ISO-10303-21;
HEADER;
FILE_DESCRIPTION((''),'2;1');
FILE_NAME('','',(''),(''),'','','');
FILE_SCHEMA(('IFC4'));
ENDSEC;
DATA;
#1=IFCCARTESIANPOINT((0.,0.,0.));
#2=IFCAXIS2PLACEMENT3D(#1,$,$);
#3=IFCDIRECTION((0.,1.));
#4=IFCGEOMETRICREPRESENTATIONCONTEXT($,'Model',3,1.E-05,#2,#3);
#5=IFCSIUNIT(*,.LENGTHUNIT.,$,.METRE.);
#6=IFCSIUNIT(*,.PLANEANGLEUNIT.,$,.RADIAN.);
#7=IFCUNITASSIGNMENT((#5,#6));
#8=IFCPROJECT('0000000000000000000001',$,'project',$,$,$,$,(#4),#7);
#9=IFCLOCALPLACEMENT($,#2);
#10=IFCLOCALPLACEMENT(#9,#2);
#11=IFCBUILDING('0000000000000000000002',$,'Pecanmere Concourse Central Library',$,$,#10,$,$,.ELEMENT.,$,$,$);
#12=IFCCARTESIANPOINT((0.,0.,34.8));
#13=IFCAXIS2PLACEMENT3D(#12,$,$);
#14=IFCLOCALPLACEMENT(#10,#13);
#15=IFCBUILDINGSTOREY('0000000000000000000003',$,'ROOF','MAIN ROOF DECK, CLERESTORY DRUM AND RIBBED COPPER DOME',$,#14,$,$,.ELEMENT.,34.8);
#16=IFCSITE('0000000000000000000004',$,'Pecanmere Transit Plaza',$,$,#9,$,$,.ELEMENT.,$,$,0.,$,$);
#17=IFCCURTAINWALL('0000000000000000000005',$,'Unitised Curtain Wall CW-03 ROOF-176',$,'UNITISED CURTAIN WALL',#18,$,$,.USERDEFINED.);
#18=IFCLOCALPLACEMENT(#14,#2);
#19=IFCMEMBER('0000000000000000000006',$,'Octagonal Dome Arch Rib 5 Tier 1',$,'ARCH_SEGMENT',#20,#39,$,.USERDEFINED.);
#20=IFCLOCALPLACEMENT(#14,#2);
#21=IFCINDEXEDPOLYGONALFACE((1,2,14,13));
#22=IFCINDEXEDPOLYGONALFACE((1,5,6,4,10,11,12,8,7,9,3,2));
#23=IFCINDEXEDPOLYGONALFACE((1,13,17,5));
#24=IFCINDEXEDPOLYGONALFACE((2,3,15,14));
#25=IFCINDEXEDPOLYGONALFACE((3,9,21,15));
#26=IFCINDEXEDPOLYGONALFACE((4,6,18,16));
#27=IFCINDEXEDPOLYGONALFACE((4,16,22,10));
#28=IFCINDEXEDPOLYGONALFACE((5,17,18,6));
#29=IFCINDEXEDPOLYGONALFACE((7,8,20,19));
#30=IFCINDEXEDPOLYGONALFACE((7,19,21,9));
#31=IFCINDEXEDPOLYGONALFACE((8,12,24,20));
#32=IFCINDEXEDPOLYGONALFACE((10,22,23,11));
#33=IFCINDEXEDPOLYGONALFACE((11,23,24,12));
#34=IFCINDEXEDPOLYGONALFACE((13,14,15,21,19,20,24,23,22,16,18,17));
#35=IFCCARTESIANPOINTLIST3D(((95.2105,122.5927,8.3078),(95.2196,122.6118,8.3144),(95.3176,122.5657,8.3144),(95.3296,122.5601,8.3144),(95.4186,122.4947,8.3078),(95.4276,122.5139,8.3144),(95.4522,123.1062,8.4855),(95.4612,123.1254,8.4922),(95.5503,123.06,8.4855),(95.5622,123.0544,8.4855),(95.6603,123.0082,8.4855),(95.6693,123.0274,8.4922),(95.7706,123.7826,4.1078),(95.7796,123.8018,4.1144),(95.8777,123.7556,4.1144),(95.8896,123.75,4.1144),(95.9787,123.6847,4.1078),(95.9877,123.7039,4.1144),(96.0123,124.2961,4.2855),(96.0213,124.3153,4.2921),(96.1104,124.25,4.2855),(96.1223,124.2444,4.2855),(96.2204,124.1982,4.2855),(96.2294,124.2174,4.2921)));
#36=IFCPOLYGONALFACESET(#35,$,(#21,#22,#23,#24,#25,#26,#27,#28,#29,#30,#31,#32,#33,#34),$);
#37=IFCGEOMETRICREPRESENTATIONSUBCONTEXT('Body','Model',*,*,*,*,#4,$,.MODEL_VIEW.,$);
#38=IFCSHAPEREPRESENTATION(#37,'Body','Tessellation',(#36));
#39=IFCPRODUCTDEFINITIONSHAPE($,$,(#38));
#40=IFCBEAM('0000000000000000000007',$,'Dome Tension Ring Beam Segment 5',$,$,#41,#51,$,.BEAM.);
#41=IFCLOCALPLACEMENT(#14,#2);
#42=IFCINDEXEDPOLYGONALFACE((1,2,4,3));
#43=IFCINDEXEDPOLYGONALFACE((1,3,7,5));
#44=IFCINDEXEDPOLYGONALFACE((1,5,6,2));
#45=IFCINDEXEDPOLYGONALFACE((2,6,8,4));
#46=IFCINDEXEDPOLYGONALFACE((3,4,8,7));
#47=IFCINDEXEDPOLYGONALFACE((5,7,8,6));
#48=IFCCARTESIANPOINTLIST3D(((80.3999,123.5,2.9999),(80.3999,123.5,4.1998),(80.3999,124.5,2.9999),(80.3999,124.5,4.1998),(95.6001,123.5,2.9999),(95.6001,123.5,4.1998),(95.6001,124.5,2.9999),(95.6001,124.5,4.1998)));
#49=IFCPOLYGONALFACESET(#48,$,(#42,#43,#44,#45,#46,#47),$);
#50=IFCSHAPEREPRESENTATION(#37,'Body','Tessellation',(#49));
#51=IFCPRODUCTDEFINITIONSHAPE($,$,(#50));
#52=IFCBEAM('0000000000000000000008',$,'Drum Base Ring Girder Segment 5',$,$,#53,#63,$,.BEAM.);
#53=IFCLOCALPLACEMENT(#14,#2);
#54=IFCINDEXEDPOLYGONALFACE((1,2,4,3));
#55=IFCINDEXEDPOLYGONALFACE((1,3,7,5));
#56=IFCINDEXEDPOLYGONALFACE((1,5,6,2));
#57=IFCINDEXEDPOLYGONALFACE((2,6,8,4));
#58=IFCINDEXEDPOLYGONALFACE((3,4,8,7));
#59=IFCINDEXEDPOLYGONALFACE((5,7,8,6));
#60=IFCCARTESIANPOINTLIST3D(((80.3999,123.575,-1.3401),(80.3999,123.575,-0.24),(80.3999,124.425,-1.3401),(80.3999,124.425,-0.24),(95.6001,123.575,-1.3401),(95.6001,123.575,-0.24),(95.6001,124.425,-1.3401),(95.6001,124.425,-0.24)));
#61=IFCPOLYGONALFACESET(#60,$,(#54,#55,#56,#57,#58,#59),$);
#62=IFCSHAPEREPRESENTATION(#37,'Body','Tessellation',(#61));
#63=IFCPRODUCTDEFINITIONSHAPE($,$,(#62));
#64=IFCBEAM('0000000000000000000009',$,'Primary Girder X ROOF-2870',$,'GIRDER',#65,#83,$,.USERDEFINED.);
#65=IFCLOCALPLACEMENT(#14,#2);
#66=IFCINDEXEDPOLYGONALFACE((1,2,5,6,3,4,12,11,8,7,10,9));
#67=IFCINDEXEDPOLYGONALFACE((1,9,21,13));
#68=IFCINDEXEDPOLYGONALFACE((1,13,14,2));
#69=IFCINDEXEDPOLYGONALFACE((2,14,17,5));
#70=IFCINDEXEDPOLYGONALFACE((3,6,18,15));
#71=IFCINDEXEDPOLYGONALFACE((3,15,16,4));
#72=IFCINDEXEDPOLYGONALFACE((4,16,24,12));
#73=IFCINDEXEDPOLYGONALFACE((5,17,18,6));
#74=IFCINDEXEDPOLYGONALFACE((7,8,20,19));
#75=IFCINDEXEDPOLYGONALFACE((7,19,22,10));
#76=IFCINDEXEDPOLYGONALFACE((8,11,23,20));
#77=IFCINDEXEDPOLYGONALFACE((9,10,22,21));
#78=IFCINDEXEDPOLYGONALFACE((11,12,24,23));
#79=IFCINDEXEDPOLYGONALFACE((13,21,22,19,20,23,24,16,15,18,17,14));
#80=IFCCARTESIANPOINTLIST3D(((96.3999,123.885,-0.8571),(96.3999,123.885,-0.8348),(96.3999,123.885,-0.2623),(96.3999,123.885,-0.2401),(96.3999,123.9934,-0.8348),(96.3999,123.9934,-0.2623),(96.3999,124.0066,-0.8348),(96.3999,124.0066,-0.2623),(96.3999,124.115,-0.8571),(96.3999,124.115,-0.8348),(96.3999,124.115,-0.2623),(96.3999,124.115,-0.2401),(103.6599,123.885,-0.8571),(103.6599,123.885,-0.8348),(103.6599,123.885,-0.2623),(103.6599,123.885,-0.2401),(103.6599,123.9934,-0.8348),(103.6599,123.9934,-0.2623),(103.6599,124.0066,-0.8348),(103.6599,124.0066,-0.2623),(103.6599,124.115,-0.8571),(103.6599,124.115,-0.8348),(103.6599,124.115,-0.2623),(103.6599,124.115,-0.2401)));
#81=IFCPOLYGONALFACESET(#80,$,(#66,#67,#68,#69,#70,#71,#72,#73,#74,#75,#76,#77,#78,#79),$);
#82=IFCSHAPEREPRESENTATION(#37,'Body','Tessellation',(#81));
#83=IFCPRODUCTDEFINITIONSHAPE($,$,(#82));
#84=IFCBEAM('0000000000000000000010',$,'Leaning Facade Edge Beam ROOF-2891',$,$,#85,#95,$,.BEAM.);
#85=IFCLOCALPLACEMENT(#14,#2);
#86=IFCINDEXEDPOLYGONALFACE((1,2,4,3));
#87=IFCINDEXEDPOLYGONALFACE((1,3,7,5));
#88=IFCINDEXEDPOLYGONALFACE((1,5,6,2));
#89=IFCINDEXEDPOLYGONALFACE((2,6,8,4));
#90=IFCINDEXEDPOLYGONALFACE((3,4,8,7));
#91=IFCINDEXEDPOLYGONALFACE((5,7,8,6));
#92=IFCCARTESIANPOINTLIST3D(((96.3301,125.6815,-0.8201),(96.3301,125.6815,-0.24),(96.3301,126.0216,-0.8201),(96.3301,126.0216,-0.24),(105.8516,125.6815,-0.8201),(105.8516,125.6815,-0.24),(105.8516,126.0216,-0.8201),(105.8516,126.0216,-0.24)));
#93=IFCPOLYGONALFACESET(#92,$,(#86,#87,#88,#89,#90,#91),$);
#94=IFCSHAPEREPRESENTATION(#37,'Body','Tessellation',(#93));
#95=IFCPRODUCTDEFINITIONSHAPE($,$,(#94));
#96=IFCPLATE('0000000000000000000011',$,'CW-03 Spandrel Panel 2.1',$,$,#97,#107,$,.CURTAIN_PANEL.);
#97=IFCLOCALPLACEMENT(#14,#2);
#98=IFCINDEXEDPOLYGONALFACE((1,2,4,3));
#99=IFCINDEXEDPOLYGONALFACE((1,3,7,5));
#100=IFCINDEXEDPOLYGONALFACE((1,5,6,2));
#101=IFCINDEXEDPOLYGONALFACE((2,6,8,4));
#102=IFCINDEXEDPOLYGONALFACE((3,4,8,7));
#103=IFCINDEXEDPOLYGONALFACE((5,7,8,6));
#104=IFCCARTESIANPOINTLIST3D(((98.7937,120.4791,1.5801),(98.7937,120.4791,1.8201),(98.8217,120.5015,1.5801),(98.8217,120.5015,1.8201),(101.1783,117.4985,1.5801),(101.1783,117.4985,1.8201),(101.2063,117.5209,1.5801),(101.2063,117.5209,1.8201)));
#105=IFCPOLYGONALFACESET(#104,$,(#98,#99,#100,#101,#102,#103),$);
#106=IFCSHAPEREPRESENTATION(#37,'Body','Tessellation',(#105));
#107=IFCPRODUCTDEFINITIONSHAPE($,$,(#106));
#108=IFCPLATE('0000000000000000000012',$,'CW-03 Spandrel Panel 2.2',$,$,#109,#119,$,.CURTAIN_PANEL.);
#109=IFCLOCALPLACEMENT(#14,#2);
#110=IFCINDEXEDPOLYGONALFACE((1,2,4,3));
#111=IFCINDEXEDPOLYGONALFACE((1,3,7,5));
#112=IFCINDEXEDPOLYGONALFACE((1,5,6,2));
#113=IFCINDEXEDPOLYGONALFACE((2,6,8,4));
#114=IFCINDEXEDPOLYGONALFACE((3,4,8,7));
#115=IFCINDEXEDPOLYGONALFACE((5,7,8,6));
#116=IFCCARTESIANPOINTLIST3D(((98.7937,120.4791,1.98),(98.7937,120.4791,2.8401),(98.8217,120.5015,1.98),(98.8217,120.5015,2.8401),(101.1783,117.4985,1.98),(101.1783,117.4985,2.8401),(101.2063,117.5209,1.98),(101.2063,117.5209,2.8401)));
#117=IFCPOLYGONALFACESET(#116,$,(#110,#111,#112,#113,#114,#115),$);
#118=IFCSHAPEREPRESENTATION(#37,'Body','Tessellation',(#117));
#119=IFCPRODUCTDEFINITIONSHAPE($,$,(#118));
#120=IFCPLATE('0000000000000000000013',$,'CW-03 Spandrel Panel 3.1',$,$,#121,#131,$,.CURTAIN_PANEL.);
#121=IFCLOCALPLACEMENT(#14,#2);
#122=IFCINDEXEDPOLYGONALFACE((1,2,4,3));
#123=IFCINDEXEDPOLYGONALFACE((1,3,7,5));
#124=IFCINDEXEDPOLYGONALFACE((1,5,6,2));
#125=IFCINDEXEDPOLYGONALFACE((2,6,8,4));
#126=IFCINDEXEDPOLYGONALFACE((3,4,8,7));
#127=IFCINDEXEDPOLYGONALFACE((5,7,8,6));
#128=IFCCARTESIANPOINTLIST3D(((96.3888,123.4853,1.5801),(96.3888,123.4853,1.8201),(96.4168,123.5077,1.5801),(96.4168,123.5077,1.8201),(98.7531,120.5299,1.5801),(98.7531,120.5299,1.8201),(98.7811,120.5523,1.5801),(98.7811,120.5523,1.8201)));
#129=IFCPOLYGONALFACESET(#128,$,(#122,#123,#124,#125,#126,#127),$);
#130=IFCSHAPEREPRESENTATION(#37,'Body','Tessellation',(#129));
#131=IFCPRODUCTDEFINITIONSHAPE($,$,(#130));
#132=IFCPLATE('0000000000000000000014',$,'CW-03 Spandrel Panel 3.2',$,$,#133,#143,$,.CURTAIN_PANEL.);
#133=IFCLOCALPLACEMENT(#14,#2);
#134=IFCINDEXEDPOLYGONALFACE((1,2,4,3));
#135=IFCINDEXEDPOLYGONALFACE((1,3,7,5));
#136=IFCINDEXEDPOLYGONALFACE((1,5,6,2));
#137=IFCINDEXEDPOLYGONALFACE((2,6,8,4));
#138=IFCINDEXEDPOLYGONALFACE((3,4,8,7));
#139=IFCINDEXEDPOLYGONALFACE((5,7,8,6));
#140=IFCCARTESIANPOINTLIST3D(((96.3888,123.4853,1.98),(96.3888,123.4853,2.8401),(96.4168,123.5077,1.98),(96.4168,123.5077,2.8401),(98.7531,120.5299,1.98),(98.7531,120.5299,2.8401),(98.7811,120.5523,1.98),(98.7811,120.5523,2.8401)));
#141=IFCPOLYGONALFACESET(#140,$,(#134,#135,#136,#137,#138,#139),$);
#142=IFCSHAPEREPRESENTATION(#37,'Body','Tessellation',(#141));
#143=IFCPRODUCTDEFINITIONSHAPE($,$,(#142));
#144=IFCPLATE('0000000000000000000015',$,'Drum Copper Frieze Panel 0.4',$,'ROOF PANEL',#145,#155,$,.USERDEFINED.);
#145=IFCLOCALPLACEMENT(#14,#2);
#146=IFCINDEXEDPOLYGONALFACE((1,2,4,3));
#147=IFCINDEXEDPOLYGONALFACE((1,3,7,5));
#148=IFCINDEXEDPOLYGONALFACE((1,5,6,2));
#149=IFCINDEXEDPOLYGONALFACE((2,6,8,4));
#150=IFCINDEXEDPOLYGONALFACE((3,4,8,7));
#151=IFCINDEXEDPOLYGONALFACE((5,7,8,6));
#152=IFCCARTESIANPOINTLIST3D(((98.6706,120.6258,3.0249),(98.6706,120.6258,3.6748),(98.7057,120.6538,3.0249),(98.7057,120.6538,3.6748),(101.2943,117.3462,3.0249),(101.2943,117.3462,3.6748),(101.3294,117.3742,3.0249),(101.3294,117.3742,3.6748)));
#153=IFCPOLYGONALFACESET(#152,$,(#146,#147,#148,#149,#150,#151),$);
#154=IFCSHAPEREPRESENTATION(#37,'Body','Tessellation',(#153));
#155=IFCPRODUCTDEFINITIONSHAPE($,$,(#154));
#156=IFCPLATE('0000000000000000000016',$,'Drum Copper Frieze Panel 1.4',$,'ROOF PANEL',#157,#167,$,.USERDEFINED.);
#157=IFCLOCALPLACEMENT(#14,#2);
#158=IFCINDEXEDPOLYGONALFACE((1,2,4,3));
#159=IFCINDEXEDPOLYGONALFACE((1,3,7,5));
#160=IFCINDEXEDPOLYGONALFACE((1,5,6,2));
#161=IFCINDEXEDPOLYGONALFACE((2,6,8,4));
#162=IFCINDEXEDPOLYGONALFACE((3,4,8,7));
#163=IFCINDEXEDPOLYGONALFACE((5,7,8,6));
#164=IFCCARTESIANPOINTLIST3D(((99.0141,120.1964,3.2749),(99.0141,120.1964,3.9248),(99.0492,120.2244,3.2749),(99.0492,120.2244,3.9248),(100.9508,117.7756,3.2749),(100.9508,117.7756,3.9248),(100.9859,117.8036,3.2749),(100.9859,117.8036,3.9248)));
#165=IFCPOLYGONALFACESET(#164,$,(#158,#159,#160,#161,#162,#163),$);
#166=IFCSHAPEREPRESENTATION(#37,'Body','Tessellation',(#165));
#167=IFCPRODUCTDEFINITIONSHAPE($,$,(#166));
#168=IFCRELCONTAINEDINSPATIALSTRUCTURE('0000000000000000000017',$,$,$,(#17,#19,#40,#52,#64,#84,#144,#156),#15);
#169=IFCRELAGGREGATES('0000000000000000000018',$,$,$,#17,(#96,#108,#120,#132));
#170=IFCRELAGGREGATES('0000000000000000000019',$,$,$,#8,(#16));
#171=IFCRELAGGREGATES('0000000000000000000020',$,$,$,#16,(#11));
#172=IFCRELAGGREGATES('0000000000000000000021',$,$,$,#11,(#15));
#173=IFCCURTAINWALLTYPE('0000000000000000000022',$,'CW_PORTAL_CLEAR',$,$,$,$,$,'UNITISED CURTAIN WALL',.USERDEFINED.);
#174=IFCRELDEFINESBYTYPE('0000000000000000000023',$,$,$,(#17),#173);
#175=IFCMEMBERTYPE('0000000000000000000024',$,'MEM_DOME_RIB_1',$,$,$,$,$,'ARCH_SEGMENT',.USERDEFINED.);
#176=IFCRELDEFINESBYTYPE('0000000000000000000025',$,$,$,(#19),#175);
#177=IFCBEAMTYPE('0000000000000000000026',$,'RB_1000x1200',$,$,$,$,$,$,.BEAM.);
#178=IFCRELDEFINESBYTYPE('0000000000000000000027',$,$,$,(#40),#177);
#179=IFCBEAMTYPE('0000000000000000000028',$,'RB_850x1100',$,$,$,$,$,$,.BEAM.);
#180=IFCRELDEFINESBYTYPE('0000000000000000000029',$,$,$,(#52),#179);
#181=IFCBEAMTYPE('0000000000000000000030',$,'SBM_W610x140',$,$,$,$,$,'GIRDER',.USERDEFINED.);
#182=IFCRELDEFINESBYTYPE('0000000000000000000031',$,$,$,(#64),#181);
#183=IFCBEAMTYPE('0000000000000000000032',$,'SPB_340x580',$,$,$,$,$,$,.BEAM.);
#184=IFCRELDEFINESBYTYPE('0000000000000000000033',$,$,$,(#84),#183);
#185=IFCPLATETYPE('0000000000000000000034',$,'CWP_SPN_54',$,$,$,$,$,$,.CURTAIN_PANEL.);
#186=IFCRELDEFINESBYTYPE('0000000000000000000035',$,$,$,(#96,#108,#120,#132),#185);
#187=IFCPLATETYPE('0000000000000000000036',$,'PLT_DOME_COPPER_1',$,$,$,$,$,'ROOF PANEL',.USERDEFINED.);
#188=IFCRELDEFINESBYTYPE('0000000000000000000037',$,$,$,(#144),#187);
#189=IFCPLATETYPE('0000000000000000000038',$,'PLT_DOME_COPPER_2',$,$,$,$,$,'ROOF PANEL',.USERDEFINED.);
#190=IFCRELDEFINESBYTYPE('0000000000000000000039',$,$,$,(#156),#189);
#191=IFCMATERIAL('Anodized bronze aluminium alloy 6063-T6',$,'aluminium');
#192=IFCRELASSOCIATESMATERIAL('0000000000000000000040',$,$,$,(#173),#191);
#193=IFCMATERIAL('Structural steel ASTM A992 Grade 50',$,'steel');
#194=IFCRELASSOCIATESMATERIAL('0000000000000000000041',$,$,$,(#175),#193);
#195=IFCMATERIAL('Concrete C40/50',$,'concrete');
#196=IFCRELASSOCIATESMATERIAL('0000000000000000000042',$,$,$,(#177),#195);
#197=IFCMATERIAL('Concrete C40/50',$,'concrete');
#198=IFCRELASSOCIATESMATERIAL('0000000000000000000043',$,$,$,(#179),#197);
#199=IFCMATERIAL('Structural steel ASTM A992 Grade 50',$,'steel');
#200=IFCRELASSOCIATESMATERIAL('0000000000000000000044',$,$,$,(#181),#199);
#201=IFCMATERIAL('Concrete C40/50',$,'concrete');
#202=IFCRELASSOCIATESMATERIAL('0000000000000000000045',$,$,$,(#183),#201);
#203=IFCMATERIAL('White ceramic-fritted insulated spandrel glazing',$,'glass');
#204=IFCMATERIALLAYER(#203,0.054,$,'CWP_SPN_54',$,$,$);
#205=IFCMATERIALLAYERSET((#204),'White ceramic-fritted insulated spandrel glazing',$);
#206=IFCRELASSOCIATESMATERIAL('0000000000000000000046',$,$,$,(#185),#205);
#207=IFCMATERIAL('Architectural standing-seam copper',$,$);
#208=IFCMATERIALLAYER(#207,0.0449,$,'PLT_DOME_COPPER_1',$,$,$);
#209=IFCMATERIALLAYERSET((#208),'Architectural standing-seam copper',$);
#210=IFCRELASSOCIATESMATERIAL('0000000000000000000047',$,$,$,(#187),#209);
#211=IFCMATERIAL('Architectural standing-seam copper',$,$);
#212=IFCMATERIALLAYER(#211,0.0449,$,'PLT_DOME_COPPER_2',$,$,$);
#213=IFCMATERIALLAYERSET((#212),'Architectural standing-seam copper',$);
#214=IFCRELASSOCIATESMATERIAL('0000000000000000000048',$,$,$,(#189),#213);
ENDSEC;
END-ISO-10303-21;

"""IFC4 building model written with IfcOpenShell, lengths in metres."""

from ifc_helpers import new_model, si_unit, direction, frame, origin, origin_2d, place, context, subcontext, project, spatial, rectangle, i_section, extrude, material, layer, layer_set, material_profile, profile_set, type_object, element, aggregate, save


model = new_model("IFC4")

# Units and contexts
model_context = context("Model", 3, precision=1e-05, world=origin(), true_north=direction((0.0, 1.0)))
body_context = subcontext(model_context, "Body", "Model", "MODEL_VIEW")
ifc_project = project(units=[si_unit("LENGTHUNIT", "METRE"), si_unit("PLANEANGLEUNIT", "RADIAN")], contexts=[model_context])

# Site, building, storey
site_placement = place(None, origin())
site = spatial("IfcSite", under=ifc_project, at=site_placement, Name="Pecanmere Transit Plaza", CompositionType="ELEMENT", RefElevation=0.0)
building_placement = place(site_placement, origin())
building = spatial("IfcBuilding", under=site, at=building_placement, Name="Pecanmere Concourse Central Library", CompositionType="ELEMENT")
storey_placement = place(building_placement, frame((0.0, 0.0, 34.8)))
storey = spatial("IfcBuildingStorey", under=building, at=storey_placement, Name="ROOF", Description="MAIN ROOF DECK, CLERESTORY DRUM AND RIBBED COPPER DOME", CompositionType="ELEMENT", Elevation=34.8)

# Curtain wall
ifc_material_1 = material(Name="Anodized bronze aluminium alloy 6063-T6", Category="aluminium")
curtain_wall_type = type_object("IfcCurtainWallType", Name="CW_PORTAL_CLEAR", ElementType="UNITISED CURTAIN WALL", PredefinedType="USERDEFINED", material=ifc_material_1)
curtain_wall_placement = place(storey_placement, origin())
curtain_wall = element("IfcCurtainWall", 1, at=curtain_wall_placement, inside=storey, type_object=curtain_wall_type, Name="Unitised Curtain Wall CW-03 ROOF-176", ObjectType="UNITISED CURTAIN WALL", PredefinedType="USERDEFINED")

# Member
ifc_material_2 = material(Name="Structural steel ASTM A992 Grade 50", Category="steel")
ifc_material_profile_1 = material_profile(ifc_material_2, i_section(OverallWidth=0.23, OverallDepth=0.6169, WebThickness=0.0132, FlangeThickness=0.0222, at=origin_2d()), Name="W610x140")
ifc_profile_set_1 = profile_set([ifc_material_profile_1], Name="Structural steel ASTM A992 Grade 50")
member_type_1 = type_object("IfcMemberType", Name="MEM_DOME_RIB_1", ElementType="ARCH_SEGMENT", PredefinedType="USERDEFINED", material=ifc_profile_set_1)
member_1_placement = place(storey_placement, frame((96.0, 124.0, 4.2), z_axis=(-0.127256, -0.270377, 0.954307), x_axis=(0.904793, -0.425851, 0.0)))
element("IfcMember", 2, at=member_1_placement, inside=storey, type_object=member_type_1, Name="Octagonal Dome Arch Rib 5 Tier 1", ObjectType="ARCH_SEGMENT", PredefinedType="USERDEFINED", context=body_context, shape_type="SweptSolid", body=[
    extrude(i_section(OverallWidth=0.23, OverallDepth=0.6169, WebThickness=0.0132, FlangeThickness=0.0222, at=origin_2d()), origin(), (0.0, 0.0, 1.0), 4.4011),
])

# Beams
ifc_material_3 = material(Name="Concrete C40/50", Category="concrete")
ifc_material_profile_2 = material_profile(ifc_material_3, rectangle(XDim=1.0, YDim=1.2, at=origin_2d()), Name="RC 1000x1200")
ifc_profile_set_2 = profile_set([ifc_material_profile_2], Name="Concrete C40/50")
beam_type_1 = type_object("IfcBeamType", Name="RB_1000x1200", PredefinedType="BEAM", material=ifc_profile_set_2)
beam_1_placement = place(storey_placement, frame((95.6001, 124.0, 3.5999), z_axis=(-1.0, 0.0, 0.0), x_axis=(0.0, -1.0, 0.0)))
element("IfcBeam", 3, at=beam_1_placement, inside=storey, type_object=beam_type_1, Name="Dome Tension Ring Beam Segment 5", PredefinedType="BEAM", context=body_context, shape_type="SweptSolid", body=[
    extrude(rectangle(XDim=1.0, YDim=1.2, at=origin_2d()), origin(), (0.0, 0.0, 1.0), 15.2002),
])
ifc_material_4 = material(Name="Concrete C40/50", Category="concrete")
ifc_material_profile_3 = material_profile(ifc_material_4, rectangle(XDim=0.8501, YDim=1.1001, at=origin_2d()), Name="RC 850x1100")
ifc_profile_set_3 = profile_set([ifc_material_profile_3], Name="Concrete C40/50")
beam_type_2 = type_object("IfcBeamType", Name="RB_850x1100", PredefinedType="BEAM", material=ifc_profile_set_3)
beam_2_placement = place(storey_placement, frame((95.6001, 124.0, -0.79), z_axis=(-1.0, 0.0, 0.0), x_axis=(0.0, -1.0, 0.0)))
element("IfcBeam", 4, at=beam_2_placement, inside=storey, type_object=beam_type_2, Name="Drum Base Ring Girder Segment 5", PredefinedType="BEAM", context=body_context, shape_type="SweptSolid", body=[
    extrude(rectangle(XDim=0.8501, YDim=1.1001, at=origin_2d()), origin(), (0.0, 0.0, 1.0), 15.2002),
])
ifc_material_5 = material(Name="Structural steel ASTM A992 Grade 50", Category="steel")
ifc_material_profile_4 = material_profile(ifc_material_5, i_section(OverallWidth=0.23, OverallDepth=0.6169, WebThickness=0.0132, FlangeThickness=0.0222, at=origin_2d()), Name="W610x140")
ifc_profile_set_4 = profile_set([ifc_material_profile_4], Name="Structural steel ASTM A992 Grade 50")
beam_type_3 = type_object("IfcBeamType", Name="SBM_W610x140", ElementType="GIRDER", PredefinedType="USERDEFINED", material=ifc_profile_set_4)
beam_3_placement = place(storey_placement, frame((96.3999, 124.0, -0.5486), z_axis=(1.0, 0.0, 0.0), x_axis=(0.0, 1.0, 0.0)))
element("IfcBeam", 5, at=beam_3_placement, inside=storey, type_object=beam_type_3, Name="Primary Girder X ROOF-2870", ObjectType="GIRDER", PredefinedType="USERDEFINED", context=body_context, shape_type="SweptSolid", body=[
    extrude(i_section(OverallWidth=0.23, OverallDepth=0.6169, WebThickness=0.0132, FlangeThickness=0.0222, at=origin_2d()), origin(), (0.0, 0.0, 1.0), 7.26),
])
ifc_material_6 = material(Name="Concrete C40/50", Category="concrete")
ifc_material_profile_5 = material_profile(ifc_material_6, rectangle(XDim=0.3401, YDim=0.5801, at=origin_2d()), Name="RC 340x580")
ifc_profile_set_5 = profile_set([ifc_material_profile_5], Name="Concrete C40/50")
beam_type_4 = type_object("IfcBeamType", Name="SPB_340x580", PredefinedType="BEAM", material=ifc_profile_set_5)
beam_4_placement = place(storey_placement, frame((96.3301, 125.8516, -0.53), z_axis=(1.0, 0.0, 0.0), x_axis=(0.0, 1.0, 0.0)))
element("IfcBeam", 6, at=beam_4_placement, inside=storey, type_object=beam_type_4, Name="Leaning Facade Edge Beam ROOF-2891", PredefinedType="BEAM", context=body_context, shape_type="SweptSolid", body=[
    extrude(rectangle(XDim=0.3401, YDim=0.5801, at=origin_2d()), origin(), (0.0, 0.0, 1.0), 9.5215),
])

# Plates
ifc_material_7 = material(Name="White ceramic-fritted insulated spandrel glazing", Category="glass")
ifc_layer_1 = layer(ifc_material_7, 0.054, Name="CWP_SPN_54")
ifc_layer_set_1 = layer_set([ifc_layer_1], Name="White ceramic-fritted insulated spandrel glazing")
plate_type_1 = type_object("IfcPlateType", Name="CWP_SPN_54", PredefinedType="CURTAIN_PANEL", material=ifc_layer_set_1)
plate_1_placement = place(storey_placement, frame((100.0, 119.0, 1.5801), z_axis=(0.0, 0.0, 1.0), x_axis=(-0.624697, 0.780867, 0.0)))
plate_1 = element("IfcPlate", 7, at=plate_1_placement, type_object=plate_type_1, Name="CW-03 Spandrel Panel 2.1", PredefinedType="CURTAIN_PANEL", context=body_context, shape_type="SweptSolid", body=[
    extrude(rectangle(XDim=3.8171, YDim=0.0359, at=origin_2d()), origin(), (0.0, 0.0, 1.0), 0.24),
])
plate_2_placement = place(storey_placement, frame((100.0, 119.0, 1.98), z_axis=(0.0, 0.0, 1.0), x_axis=(-0.624697, 0.780867, 0.0)))
plate_2 = element("IfcPlate", 8, at=plate_2_placement, type_object=plate_type_1, Name="CW-03 Spandrel Panel 2.2", PredefinedType="CURTAIN_PANEL", context=body_context, shape_type="SweptSolid", body=[
    extrude(rectangle(XDim=3.8171, YDim=0.0359, at=origin_2d()), origin(), (0.0, 0.0, 1.0), 0.8601),
])
plate_3_placement = place(storey_placement, frame((97.585, 122.0188, 1.5801), z_axis=(0.0, 0.0, 1.0), x_axis=(-0.624697, 0.780867, 0.0)))
plate_3 = element("IfcPlate", 9, at=plate_3_placement, type_object=plate_type_1, Name="CW-03 Spandrel Panel 3.1", PredefinedType="CURTAIN_PANEL", context=body_context, shape_type="SweptSolid", body=[
    extrude(rectangle(XDim=3.7847, YDim=0.0359, at=origin_2d()), origin(), (0.0, 0.0, 1.0), 0.24),
])
plate_4_placement = place(storey_placement, frame((97.585, 122.0188, 1.98), z_axis=(0.0, 0.0, 1.0), x_axis=(-0.624697, 0.780867, 0.0)))
plate_4 = element("IfcPlate", 10, at=plate_4_placement, type_object=plate_type_1, Name="CW-03 Spandrel Panel 3.2", PredefinedType="CURTAIN_PANEL", context=body_context, shape_type="SweptSolid", body=[
    extrude(rectangle(XDim=3.7847, YDim=0.0359, at=origin_2d()), origin(), (0.0, 0.0, 1.0), 0.8601),
])
aggregate(curtain_wall, [plate_1, plate_2, plate_3, plate_4])

# Plates
ifc_material_8 = material(Name="Architectural standing-seam copper")
ifc_layer_2 = layer(ifc_material_8, 0.0449, Name="PLT_DOME_COPPER_1")
ifc_layer_set_2 = layer_set([ifc_layer_2], Name="Architectural standing-seam copper")
plate_type_2 = type_object("IfcPlateType", Name="PLT_DOME_COPPER_1", ElementType="ROOF PANEL", PredefinedType="USERDEFINED", material=ifc_layer_set_2)
plate_5_placement = place(storey_placement, frame((100.0, 119.0, 3.0249), z_axis=(0.0, 0.0, 1.0), x_axis=(-0.624698, 0.780867, 0.0)))
element("IfcPlate", 11, at=plate_5_placement, inside=storey, type_object=plate_type_2, Name="Drum Copper Frieze Panel 0.4", ObjectType="ROOF PANEL", PredefinedType="USERDEFINED", context=body_context, shape_type="SweptSolid", body=[
    extrude(rectangle(XDim=4.2, YDim=0.0449, at=origin_2d()), origin(), (0.0, 0.0, 1.0), 0.6499),
])
ifc_material_9 = material(Name="Architectural standing-seam copper")
ifc_layer_3 = layer(ifc_material_9, 0.0449, Name="PLT_DOME_COPPER_2")
ifc_layer_set_3 = layer_set([ifc_layer_3], Name="Architectural standing-seam copper")
plate_type_3 = type_object("IfcPlateType", Name="PLT_DOME_COPPER_2", ElementType="ROOF PANEL", PredefinedType="USERDEFINED", material=ifc_layer_set_3)
plate_6_placement = place(storey_placement, frame((100.0, 119.0, 3.2749), z_axis=(0.0, 0.0, 1.0), x_axis=(-0.624698, 0.780867, 0.0)))
element("IfcPlate", 12, at=plate_6_placement, inside=storey, type_object=plate_type_3, Name="Drum Copper Frieze Panel 1.4", ObjectType="ROOF PANEL", PredefinedType="USERDEFINED", context=body_context, shape_type="SweptSolid", body=[
    extrude(rectangle(XDim=3.1001, YDim=0.0449, at=origin_2d()), origin(), (0.0, 0.0, 1.0), 0.6499),
])

save(model, "model.ifc")
